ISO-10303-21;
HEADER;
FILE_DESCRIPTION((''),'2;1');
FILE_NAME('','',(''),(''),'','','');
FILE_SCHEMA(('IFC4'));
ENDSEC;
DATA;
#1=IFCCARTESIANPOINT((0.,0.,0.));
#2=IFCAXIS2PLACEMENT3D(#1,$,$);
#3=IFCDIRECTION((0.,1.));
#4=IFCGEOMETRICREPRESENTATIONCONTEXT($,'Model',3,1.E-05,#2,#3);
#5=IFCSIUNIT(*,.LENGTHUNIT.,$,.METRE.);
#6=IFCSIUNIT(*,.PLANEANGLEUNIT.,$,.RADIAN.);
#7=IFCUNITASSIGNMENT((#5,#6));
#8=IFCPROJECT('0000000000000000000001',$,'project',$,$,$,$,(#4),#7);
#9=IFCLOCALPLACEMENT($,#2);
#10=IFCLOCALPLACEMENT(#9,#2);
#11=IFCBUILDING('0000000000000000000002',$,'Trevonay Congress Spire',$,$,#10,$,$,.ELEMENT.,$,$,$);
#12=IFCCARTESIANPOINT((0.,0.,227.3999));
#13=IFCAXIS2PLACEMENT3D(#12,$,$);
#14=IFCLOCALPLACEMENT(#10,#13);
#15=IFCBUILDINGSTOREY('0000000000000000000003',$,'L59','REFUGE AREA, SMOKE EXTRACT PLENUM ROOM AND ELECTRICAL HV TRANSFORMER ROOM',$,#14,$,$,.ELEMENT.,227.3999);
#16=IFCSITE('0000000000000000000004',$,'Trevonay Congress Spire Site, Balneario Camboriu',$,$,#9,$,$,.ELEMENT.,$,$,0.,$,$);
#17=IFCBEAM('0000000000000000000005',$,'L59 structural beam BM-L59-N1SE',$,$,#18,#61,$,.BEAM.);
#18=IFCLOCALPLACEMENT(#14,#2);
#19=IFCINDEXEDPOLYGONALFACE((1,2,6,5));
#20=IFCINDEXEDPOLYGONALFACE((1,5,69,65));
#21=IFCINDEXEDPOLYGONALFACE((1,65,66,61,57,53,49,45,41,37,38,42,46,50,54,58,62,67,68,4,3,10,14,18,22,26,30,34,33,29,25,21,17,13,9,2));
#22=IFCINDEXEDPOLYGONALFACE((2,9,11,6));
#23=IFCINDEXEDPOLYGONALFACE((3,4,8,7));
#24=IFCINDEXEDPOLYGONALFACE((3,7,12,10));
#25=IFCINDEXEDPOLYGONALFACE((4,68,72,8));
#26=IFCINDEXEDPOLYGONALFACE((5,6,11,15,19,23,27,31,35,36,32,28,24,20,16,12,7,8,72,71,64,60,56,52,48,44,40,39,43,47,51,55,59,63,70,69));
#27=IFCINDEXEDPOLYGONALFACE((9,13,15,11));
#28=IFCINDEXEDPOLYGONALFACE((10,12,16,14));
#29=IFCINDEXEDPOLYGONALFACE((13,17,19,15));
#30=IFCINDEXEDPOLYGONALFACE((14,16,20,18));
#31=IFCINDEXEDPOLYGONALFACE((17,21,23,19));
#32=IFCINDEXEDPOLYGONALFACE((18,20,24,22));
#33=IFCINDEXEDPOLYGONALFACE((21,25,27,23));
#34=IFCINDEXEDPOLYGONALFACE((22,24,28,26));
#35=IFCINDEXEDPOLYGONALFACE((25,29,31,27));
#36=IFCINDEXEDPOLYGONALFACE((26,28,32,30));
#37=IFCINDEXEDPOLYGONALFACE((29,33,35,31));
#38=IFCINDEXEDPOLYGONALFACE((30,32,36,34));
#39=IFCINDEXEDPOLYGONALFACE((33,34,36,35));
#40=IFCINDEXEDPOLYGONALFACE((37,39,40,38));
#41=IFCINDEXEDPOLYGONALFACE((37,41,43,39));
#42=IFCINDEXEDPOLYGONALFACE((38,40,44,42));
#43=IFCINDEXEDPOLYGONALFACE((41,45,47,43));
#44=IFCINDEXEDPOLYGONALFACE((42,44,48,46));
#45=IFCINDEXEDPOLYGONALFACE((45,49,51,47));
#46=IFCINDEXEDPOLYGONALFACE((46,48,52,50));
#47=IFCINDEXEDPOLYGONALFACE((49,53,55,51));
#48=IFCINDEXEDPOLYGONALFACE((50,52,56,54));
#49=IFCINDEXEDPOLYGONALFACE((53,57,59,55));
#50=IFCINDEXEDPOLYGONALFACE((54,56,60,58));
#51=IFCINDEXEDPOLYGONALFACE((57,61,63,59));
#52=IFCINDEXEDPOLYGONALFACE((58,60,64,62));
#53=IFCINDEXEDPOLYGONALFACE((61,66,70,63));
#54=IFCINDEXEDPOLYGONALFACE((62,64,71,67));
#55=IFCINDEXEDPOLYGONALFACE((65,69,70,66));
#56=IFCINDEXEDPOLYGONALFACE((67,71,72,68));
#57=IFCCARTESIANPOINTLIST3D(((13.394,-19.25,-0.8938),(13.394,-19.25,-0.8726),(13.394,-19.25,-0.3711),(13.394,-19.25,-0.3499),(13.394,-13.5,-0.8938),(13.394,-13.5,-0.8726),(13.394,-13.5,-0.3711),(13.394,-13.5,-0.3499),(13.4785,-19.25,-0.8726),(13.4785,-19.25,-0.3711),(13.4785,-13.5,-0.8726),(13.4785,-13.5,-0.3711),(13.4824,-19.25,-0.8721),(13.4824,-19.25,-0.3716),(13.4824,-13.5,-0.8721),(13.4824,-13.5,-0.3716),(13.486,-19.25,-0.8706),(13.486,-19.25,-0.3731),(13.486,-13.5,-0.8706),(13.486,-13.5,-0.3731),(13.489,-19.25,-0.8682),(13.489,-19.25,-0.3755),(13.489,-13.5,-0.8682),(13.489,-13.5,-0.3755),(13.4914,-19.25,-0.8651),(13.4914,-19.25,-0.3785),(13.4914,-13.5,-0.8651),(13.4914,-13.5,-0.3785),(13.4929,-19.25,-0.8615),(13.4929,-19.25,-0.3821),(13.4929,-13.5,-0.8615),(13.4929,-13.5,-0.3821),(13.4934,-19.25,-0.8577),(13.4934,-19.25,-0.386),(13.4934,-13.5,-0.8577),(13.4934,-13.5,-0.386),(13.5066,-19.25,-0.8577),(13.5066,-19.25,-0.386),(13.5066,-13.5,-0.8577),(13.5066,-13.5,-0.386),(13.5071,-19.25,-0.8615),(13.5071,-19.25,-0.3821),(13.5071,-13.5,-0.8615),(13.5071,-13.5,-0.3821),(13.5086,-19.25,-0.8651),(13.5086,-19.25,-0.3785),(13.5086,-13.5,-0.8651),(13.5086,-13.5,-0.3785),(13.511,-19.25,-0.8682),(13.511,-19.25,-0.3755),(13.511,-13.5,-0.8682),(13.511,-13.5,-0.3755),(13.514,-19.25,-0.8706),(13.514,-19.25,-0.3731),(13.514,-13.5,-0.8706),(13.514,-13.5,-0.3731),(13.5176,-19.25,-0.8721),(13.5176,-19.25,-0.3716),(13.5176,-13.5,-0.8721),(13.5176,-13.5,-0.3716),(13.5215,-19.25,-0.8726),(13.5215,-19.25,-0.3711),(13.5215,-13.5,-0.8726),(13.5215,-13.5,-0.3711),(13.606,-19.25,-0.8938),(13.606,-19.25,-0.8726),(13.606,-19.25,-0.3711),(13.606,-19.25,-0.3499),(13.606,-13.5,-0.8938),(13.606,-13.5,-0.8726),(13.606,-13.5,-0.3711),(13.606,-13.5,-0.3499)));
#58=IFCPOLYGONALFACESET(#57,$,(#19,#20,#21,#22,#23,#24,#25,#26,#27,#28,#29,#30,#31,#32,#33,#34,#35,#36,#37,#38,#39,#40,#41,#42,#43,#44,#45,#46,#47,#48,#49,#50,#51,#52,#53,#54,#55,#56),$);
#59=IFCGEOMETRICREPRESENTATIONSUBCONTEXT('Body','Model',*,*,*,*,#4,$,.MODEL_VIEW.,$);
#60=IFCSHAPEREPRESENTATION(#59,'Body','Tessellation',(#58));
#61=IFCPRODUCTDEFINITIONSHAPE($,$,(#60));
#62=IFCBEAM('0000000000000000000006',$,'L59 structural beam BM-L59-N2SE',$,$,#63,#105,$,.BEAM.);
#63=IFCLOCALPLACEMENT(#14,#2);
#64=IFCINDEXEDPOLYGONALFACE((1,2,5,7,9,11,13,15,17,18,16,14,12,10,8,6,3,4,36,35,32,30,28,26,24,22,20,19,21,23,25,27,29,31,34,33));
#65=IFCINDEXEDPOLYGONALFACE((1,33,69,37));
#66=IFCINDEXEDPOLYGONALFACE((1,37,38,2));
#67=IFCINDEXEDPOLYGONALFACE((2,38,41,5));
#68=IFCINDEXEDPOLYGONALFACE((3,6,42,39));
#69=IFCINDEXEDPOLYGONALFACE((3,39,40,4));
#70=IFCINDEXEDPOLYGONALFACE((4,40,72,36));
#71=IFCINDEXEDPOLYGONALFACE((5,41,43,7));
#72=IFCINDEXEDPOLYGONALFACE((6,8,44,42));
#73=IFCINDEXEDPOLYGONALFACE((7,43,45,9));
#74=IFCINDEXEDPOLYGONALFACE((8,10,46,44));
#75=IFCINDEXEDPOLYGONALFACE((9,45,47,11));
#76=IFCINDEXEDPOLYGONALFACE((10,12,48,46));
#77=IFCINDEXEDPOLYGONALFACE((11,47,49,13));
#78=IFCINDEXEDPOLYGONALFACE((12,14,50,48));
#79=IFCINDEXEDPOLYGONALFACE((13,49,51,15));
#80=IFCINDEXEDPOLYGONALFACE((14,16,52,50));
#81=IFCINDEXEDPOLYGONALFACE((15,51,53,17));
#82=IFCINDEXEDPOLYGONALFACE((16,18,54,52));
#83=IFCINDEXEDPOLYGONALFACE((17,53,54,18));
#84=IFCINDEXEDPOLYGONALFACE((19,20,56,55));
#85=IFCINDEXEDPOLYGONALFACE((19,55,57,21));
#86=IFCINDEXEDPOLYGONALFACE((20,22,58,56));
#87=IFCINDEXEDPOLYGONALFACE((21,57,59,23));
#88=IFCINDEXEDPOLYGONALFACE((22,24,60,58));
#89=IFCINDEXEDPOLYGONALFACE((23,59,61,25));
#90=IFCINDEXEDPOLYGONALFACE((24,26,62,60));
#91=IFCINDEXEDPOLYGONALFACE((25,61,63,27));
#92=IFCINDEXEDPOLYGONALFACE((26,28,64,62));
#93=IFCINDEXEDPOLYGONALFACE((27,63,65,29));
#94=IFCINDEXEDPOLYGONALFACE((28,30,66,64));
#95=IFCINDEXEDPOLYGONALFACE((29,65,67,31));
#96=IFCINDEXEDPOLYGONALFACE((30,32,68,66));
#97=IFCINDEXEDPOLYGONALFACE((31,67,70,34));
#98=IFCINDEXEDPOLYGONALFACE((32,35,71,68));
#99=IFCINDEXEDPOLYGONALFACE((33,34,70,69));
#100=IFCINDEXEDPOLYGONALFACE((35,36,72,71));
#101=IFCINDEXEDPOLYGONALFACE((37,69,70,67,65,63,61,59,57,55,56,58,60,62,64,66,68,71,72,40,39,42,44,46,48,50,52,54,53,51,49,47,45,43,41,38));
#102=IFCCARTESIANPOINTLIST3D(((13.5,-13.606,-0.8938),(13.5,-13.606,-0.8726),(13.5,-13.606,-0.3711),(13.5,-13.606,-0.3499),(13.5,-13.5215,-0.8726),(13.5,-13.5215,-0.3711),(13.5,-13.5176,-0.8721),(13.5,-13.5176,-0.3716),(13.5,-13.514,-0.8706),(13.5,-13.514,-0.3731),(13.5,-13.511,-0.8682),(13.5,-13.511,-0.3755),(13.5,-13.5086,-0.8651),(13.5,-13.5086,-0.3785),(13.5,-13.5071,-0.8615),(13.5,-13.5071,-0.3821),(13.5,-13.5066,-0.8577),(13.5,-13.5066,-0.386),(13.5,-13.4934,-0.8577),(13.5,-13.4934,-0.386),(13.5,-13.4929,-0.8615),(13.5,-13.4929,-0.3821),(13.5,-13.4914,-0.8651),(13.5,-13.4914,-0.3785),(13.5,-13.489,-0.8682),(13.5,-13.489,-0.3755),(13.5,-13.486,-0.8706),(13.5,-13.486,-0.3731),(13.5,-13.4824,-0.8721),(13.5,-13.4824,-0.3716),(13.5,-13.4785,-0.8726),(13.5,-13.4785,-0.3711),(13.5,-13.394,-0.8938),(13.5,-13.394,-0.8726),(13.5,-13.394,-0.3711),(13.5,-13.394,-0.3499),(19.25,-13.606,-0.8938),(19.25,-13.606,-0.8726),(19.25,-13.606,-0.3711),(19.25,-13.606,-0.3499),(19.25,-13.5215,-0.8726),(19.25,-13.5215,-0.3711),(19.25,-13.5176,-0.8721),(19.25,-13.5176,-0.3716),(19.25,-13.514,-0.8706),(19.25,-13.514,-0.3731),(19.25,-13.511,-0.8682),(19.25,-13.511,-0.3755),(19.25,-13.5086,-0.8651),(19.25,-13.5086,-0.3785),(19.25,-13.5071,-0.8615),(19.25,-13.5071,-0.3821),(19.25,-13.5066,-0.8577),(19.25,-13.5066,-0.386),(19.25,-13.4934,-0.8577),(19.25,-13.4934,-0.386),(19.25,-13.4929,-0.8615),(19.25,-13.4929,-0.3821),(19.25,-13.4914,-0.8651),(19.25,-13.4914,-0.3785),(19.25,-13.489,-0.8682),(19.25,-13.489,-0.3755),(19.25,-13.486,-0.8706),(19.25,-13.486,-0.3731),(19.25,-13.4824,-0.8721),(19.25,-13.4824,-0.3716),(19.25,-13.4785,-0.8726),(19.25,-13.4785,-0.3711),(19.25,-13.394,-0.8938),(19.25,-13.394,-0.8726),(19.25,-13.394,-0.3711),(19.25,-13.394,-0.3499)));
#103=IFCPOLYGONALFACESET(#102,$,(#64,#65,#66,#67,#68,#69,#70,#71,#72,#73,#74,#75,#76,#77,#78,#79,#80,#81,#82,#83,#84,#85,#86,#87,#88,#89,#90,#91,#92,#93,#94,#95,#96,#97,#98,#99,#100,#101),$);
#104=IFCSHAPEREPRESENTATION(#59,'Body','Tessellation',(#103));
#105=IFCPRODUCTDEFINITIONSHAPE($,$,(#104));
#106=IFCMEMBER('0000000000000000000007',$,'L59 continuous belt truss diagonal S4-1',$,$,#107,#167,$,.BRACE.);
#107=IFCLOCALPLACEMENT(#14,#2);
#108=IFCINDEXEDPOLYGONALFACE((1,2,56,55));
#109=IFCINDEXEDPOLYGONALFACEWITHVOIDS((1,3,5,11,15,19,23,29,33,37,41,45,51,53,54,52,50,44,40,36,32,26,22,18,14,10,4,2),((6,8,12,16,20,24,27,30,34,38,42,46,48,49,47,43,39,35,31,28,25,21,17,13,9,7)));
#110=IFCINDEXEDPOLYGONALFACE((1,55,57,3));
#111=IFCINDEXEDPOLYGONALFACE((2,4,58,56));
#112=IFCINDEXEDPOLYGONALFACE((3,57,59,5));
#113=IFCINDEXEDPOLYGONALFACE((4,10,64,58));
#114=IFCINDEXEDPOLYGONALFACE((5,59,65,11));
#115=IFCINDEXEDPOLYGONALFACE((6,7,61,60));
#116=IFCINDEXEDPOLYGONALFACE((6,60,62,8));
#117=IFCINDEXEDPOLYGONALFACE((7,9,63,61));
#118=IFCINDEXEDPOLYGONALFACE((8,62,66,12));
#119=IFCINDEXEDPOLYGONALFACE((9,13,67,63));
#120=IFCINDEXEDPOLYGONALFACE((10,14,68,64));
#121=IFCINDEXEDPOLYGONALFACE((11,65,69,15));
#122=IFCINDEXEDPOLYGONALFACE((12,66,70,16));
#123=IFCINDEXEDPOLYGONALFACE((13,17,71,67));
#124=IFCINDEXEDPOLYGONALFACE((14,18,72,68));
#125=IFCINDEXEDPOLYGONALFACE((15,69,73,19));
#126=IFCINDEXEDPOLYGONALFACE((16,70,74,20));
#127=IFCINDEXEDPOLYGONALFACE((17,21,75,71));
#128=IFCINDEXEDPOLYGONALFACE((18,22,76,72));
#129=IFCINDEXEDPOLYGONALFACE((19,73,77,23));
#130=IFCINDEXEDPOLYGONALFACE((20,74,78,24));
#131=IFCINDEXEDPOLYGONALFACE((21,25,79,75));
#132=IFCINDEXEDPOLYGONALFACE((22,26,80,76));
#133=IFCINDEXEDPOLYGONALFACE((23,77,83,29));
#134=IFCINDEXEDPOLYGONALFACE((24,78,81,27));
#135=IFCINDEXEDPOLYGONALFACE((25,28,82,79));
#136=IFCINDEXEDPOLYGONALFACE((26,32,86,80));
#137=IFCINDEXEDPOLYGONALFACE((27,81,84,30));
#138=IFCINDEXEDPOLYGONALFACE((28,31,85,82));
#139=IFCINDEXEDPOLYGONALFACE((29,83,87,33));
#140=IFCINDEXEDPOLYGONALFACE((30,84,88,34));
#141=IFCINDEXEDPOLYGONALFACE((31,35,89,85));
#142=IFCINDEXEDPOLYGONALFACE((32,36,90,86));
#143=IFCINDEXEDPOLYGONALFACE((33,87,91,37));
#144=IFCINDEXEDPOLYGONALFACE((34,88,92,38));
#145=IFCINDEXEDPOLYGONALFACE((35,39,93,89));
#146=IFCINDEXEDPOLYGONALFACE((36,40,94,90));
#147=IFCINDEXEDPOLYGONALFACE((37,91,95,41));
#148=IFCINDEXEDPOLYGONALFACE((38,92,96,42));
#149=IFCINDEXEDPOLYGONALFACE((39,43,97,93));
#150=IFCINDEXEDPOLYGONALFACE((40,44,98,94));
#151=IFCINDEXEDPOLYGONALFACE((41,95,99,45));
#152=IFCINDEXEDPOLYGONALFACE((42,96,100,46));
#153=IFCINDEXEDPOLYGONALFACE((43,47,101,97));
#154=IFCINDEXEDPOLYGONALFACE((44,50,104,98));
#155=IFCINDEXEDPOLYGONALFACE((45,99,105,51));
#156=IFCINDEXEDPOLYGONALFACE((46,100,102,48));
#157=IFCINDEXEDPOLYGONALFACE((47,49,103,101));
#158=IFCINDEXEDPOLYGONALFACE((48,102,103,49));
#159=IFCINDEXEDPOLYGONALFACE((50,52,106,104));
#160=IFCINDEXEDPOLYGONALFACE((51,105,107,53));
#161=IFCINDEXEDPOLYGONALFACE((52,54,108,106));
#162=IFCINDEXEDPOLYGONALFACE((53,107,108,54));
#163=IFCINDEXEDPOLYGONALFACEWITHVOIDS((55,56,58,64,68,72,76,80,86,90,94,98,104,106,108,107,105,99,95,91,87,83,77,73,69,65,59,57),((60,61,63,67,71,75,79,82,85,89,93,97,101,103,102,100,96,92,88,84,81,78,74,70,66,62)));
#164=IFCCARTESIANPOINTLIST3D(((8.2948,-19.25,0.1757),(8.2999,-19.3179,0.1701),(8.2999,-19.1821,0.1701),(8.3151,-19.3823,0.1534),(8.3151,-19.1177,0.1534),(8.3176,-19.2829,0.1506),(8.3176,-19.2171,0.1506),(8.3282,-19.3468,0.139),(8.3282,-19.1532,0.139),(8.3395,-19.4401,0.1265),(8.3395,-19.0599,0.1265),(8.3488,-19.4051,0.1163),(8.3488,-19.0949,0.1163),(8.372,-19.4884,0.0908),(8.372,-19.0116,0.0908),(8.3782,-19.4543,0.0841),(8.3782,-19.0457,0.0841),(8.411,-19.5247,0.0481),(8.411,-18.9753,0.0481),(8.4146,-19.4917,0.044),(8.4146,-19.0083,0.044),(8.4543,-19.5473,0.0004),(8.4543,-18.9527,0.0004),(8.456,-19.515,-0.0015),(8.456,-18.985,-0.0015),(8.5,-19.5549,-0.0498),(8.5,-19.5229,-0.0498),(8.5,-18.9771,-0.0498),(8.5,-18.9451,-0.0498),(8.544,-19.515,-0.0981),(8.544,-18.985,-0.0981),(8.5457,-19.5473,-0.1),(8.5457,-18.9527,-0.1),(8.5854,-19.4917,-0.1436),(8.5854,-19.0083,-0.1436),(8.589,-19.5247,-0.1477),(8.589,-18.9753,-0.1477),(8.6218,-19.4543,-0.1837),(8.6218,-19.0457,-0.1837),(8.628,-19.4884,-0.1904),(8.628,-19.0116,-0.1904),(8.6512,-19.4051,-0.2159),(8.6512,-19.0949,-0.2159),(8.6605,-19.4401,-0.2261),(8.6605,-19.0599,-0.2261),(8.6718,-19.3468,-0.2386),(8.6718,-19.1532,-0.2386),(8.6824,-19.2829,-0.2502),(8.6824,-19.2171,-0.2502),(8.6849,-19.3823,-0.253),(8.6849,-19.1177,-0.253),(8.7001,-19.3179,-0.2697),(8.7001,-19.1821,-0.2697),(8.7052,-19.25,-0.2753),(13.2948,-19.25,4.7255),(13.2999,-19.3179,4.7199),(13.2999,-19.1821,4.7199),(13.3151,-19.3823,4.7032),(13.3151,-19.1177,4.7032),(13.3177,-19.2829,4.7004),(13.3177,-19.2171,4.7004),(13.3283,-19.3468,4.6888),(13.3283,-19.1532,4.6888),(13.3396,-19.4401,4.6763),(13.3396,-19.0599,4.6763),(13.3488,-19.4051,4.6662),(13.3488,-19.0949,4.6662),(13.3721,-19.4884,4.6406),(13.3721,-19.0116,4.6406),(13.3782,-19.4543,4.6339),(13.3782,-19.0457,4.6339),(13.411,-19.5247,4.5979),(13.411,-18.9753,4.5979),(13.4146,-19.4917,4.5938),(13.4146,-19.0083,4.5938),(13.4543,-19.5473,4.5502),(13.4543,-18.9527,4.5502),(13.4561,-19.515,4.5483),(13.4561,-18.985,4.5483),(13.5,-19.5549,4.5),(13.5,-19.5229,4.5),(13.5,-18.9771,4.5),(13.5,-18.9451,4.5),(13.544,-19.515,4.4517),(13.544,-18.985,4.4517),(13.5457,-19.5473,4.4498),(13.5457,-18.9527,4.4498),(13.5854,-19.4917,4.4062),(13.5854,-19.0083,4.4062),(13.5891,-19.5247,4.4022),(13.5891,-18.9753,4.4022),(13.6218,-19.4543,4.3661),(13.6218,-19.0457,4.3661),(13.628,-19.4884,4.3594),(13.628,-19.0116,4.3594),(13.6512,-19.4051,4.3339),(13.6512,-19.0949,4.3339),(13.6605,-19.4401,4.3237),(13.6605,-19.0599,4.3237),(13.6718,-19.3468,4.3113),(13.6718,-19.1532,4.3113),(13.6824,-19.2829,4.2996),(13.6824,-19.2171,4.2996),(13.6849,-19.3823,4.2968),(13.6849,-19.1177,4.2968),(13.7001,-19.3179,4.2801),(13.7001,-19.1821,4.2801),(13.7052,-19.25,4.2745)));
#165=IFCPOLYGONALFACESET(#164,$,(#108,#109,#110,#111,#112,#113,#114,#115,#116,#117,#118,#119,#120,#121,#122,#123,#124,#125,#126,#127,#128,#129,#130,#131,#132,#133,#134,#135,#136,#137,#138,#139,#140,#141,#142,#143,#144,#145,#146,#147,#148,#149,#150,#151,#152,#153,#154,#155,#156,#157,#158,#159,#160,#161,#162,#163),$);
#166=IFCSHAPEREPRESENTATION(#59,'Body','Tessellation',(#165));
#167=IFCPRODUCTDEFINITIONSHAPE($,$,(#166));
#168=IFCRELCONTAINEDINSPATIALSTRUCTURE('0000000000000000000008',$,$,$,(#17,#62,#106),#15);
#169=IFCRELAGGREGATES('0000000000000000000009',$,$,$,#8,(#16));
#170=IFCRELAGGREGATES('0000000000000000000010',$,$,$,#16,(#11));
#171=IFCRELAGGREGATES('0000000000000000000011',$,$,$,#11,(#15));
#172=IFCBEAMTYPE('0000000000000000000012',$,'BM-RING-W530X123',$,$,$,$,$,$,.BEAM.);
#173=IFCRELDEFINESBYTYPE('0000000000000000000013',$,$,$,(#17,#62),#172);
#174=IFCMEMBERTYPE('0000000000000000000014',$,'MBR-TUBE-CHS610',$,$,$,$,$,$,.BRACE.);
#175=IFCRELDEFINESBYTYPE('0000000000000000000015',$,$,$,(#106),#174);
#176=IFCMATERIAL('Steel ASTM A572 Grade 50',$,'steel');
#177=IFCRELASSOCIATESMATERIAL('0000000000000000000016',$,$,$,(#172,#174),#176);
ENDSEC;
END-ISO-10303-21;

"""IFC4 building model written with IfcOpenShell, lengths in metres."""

from ifc_helpers import new_model, si_unit, direction, frame, origin, origin_2d, place, context, subcontext, project, spatial, hollow_circle, i_section, extrude, material, material_profile, profile_set, type_object, element, save


model = new_model("IFC4")

# Units and contexts
model_context = context("Model", 3, precision=1e-05, world=origin(), true_north=direction((0.0, 1.0)))
body_context = subcontext(model_context, "Body", "Model", "MODEL_VIEW")
ifc_project = project(units=[si_unit("LENGTHUNIT", "METRE"), si_unit("PLANEANGLEUNIT", "RADIAN")], contexts=[model_context])

# Site, building, storey
site_placement = place(None, origin())
site = spatial("IfcSite", under=ifc_project, at=site_placement, Name="Trevonay Congress Spire Site, Balneario Camboriu", CompositionType="ELEMENT", RefElevation=0.0)
building_placement = place(site_placement, origin())
building = spatial("IfcBuilding", under=site, at=building_placement, Name="Trevonay Congress Spire", CompositionType="ELEMENT")
storey_placement = place(building_placement, frame((0.0, 0.0, 227.3999)))
storey = spatial("IfcBuildingStorey", under=building, at=storey_placement, Name="L59", Description="REFUGE AREA, SMOKE EXTRACT PLENUM ROOM AND ELECTRICAL HV TRANSFORMER ROOM", CompositionType="ELEMENT", Elevation=227.3999)

# Shared definitions
ifc_material_1 = material(Name="Steel ASTM A572 Grade 50", Category="steel")

# Beams
ifc_material_profile_1 = material_profile(ifc_material_1, i_section(OverallWidth=0.2119, OverallDepth=0.5439, WebThickness=0.0132, FlangeThickness=0.0212, FilletRadius=0.0149, at=origin_2d()), Name="W530x123")
ifc_profile_set_1 = profile_set([ifc_material_profile_1], Name="Steel ASTM A572 Grade 50")
beam_type = type_object("IfcBeamType", Name="BM-RING-W530X123", PredefinedType="BEAM", material=ifc_profile_set_1)
for number, where, z_axis, x_axis, name in (
    (1, (13.5, -19.25, -0.6218), (0.0, 1.0, 0.0), (-1.0, 0.0, 0.0), "L59 structural beam BM-L59-N1SE"),
    (2, (19.25, -13.5, -0.6218), (-1.0, 0.0, 0.0), (0.0, -1.0, 0.0), "L59 structural beam BM-L59-N2SE"),
):
    element("IfcBeam", number, at=place(storey_placement, frame(where, z_axis=z_axis, x_axis=x_axis)), inside=storey, type_object=beam_type, Name=name, PredefinedType="BEAM", context=body_context, shape_type="SweptSolid", body=[
        extrude(i_section(OverallWidth=0.2119, OverallDepth=0.5439, WebThickness=0.0132, FlangeThickness=0.0212, FilletRadius=0.0149, at=origin_2d()), origin(), (0.0, 0.0, 1.0), 5.75),
    ])

# Member
ifc_material_profile_2 = material_profile(ifc_material_1, hollow_circle(Radius=0.3049, WallThickness=0.032, at=origin_2d()), Name="CHS 610x32")
ifc_profile_set_2 = profile_set([ifc_material_profile_2], Name="Steel ASTM A572 Grade 50")
member_type = type_object("IfcMemberType", Name="MBR-TUBE-CHS610", PredefinedType="BRACE", material=ifc_profile_set_2)
member_1_placement = place(storey_placement, frame((8.5, -19.25, -0.0498), z_axis=(0.73962, 0.0, 0.673025), x_axis=(0.0, 1.0, 0.0)))
element("IfcMember", 3, at=member_1_placement, inside=storey, type_object=member_type, Name="L59 continuous belt truss diagonal S4-1", PredefinedType="BRACE", context=body_context, shape_type="SweptSolid", body=[
    extrude(hollow_circle(Radius=0.3049, WallThickness=0.032, at=origin_2d()), origin(), (0.0, 0.0, 1.0), 6.7603),
])

save(model, "model.ifc")
